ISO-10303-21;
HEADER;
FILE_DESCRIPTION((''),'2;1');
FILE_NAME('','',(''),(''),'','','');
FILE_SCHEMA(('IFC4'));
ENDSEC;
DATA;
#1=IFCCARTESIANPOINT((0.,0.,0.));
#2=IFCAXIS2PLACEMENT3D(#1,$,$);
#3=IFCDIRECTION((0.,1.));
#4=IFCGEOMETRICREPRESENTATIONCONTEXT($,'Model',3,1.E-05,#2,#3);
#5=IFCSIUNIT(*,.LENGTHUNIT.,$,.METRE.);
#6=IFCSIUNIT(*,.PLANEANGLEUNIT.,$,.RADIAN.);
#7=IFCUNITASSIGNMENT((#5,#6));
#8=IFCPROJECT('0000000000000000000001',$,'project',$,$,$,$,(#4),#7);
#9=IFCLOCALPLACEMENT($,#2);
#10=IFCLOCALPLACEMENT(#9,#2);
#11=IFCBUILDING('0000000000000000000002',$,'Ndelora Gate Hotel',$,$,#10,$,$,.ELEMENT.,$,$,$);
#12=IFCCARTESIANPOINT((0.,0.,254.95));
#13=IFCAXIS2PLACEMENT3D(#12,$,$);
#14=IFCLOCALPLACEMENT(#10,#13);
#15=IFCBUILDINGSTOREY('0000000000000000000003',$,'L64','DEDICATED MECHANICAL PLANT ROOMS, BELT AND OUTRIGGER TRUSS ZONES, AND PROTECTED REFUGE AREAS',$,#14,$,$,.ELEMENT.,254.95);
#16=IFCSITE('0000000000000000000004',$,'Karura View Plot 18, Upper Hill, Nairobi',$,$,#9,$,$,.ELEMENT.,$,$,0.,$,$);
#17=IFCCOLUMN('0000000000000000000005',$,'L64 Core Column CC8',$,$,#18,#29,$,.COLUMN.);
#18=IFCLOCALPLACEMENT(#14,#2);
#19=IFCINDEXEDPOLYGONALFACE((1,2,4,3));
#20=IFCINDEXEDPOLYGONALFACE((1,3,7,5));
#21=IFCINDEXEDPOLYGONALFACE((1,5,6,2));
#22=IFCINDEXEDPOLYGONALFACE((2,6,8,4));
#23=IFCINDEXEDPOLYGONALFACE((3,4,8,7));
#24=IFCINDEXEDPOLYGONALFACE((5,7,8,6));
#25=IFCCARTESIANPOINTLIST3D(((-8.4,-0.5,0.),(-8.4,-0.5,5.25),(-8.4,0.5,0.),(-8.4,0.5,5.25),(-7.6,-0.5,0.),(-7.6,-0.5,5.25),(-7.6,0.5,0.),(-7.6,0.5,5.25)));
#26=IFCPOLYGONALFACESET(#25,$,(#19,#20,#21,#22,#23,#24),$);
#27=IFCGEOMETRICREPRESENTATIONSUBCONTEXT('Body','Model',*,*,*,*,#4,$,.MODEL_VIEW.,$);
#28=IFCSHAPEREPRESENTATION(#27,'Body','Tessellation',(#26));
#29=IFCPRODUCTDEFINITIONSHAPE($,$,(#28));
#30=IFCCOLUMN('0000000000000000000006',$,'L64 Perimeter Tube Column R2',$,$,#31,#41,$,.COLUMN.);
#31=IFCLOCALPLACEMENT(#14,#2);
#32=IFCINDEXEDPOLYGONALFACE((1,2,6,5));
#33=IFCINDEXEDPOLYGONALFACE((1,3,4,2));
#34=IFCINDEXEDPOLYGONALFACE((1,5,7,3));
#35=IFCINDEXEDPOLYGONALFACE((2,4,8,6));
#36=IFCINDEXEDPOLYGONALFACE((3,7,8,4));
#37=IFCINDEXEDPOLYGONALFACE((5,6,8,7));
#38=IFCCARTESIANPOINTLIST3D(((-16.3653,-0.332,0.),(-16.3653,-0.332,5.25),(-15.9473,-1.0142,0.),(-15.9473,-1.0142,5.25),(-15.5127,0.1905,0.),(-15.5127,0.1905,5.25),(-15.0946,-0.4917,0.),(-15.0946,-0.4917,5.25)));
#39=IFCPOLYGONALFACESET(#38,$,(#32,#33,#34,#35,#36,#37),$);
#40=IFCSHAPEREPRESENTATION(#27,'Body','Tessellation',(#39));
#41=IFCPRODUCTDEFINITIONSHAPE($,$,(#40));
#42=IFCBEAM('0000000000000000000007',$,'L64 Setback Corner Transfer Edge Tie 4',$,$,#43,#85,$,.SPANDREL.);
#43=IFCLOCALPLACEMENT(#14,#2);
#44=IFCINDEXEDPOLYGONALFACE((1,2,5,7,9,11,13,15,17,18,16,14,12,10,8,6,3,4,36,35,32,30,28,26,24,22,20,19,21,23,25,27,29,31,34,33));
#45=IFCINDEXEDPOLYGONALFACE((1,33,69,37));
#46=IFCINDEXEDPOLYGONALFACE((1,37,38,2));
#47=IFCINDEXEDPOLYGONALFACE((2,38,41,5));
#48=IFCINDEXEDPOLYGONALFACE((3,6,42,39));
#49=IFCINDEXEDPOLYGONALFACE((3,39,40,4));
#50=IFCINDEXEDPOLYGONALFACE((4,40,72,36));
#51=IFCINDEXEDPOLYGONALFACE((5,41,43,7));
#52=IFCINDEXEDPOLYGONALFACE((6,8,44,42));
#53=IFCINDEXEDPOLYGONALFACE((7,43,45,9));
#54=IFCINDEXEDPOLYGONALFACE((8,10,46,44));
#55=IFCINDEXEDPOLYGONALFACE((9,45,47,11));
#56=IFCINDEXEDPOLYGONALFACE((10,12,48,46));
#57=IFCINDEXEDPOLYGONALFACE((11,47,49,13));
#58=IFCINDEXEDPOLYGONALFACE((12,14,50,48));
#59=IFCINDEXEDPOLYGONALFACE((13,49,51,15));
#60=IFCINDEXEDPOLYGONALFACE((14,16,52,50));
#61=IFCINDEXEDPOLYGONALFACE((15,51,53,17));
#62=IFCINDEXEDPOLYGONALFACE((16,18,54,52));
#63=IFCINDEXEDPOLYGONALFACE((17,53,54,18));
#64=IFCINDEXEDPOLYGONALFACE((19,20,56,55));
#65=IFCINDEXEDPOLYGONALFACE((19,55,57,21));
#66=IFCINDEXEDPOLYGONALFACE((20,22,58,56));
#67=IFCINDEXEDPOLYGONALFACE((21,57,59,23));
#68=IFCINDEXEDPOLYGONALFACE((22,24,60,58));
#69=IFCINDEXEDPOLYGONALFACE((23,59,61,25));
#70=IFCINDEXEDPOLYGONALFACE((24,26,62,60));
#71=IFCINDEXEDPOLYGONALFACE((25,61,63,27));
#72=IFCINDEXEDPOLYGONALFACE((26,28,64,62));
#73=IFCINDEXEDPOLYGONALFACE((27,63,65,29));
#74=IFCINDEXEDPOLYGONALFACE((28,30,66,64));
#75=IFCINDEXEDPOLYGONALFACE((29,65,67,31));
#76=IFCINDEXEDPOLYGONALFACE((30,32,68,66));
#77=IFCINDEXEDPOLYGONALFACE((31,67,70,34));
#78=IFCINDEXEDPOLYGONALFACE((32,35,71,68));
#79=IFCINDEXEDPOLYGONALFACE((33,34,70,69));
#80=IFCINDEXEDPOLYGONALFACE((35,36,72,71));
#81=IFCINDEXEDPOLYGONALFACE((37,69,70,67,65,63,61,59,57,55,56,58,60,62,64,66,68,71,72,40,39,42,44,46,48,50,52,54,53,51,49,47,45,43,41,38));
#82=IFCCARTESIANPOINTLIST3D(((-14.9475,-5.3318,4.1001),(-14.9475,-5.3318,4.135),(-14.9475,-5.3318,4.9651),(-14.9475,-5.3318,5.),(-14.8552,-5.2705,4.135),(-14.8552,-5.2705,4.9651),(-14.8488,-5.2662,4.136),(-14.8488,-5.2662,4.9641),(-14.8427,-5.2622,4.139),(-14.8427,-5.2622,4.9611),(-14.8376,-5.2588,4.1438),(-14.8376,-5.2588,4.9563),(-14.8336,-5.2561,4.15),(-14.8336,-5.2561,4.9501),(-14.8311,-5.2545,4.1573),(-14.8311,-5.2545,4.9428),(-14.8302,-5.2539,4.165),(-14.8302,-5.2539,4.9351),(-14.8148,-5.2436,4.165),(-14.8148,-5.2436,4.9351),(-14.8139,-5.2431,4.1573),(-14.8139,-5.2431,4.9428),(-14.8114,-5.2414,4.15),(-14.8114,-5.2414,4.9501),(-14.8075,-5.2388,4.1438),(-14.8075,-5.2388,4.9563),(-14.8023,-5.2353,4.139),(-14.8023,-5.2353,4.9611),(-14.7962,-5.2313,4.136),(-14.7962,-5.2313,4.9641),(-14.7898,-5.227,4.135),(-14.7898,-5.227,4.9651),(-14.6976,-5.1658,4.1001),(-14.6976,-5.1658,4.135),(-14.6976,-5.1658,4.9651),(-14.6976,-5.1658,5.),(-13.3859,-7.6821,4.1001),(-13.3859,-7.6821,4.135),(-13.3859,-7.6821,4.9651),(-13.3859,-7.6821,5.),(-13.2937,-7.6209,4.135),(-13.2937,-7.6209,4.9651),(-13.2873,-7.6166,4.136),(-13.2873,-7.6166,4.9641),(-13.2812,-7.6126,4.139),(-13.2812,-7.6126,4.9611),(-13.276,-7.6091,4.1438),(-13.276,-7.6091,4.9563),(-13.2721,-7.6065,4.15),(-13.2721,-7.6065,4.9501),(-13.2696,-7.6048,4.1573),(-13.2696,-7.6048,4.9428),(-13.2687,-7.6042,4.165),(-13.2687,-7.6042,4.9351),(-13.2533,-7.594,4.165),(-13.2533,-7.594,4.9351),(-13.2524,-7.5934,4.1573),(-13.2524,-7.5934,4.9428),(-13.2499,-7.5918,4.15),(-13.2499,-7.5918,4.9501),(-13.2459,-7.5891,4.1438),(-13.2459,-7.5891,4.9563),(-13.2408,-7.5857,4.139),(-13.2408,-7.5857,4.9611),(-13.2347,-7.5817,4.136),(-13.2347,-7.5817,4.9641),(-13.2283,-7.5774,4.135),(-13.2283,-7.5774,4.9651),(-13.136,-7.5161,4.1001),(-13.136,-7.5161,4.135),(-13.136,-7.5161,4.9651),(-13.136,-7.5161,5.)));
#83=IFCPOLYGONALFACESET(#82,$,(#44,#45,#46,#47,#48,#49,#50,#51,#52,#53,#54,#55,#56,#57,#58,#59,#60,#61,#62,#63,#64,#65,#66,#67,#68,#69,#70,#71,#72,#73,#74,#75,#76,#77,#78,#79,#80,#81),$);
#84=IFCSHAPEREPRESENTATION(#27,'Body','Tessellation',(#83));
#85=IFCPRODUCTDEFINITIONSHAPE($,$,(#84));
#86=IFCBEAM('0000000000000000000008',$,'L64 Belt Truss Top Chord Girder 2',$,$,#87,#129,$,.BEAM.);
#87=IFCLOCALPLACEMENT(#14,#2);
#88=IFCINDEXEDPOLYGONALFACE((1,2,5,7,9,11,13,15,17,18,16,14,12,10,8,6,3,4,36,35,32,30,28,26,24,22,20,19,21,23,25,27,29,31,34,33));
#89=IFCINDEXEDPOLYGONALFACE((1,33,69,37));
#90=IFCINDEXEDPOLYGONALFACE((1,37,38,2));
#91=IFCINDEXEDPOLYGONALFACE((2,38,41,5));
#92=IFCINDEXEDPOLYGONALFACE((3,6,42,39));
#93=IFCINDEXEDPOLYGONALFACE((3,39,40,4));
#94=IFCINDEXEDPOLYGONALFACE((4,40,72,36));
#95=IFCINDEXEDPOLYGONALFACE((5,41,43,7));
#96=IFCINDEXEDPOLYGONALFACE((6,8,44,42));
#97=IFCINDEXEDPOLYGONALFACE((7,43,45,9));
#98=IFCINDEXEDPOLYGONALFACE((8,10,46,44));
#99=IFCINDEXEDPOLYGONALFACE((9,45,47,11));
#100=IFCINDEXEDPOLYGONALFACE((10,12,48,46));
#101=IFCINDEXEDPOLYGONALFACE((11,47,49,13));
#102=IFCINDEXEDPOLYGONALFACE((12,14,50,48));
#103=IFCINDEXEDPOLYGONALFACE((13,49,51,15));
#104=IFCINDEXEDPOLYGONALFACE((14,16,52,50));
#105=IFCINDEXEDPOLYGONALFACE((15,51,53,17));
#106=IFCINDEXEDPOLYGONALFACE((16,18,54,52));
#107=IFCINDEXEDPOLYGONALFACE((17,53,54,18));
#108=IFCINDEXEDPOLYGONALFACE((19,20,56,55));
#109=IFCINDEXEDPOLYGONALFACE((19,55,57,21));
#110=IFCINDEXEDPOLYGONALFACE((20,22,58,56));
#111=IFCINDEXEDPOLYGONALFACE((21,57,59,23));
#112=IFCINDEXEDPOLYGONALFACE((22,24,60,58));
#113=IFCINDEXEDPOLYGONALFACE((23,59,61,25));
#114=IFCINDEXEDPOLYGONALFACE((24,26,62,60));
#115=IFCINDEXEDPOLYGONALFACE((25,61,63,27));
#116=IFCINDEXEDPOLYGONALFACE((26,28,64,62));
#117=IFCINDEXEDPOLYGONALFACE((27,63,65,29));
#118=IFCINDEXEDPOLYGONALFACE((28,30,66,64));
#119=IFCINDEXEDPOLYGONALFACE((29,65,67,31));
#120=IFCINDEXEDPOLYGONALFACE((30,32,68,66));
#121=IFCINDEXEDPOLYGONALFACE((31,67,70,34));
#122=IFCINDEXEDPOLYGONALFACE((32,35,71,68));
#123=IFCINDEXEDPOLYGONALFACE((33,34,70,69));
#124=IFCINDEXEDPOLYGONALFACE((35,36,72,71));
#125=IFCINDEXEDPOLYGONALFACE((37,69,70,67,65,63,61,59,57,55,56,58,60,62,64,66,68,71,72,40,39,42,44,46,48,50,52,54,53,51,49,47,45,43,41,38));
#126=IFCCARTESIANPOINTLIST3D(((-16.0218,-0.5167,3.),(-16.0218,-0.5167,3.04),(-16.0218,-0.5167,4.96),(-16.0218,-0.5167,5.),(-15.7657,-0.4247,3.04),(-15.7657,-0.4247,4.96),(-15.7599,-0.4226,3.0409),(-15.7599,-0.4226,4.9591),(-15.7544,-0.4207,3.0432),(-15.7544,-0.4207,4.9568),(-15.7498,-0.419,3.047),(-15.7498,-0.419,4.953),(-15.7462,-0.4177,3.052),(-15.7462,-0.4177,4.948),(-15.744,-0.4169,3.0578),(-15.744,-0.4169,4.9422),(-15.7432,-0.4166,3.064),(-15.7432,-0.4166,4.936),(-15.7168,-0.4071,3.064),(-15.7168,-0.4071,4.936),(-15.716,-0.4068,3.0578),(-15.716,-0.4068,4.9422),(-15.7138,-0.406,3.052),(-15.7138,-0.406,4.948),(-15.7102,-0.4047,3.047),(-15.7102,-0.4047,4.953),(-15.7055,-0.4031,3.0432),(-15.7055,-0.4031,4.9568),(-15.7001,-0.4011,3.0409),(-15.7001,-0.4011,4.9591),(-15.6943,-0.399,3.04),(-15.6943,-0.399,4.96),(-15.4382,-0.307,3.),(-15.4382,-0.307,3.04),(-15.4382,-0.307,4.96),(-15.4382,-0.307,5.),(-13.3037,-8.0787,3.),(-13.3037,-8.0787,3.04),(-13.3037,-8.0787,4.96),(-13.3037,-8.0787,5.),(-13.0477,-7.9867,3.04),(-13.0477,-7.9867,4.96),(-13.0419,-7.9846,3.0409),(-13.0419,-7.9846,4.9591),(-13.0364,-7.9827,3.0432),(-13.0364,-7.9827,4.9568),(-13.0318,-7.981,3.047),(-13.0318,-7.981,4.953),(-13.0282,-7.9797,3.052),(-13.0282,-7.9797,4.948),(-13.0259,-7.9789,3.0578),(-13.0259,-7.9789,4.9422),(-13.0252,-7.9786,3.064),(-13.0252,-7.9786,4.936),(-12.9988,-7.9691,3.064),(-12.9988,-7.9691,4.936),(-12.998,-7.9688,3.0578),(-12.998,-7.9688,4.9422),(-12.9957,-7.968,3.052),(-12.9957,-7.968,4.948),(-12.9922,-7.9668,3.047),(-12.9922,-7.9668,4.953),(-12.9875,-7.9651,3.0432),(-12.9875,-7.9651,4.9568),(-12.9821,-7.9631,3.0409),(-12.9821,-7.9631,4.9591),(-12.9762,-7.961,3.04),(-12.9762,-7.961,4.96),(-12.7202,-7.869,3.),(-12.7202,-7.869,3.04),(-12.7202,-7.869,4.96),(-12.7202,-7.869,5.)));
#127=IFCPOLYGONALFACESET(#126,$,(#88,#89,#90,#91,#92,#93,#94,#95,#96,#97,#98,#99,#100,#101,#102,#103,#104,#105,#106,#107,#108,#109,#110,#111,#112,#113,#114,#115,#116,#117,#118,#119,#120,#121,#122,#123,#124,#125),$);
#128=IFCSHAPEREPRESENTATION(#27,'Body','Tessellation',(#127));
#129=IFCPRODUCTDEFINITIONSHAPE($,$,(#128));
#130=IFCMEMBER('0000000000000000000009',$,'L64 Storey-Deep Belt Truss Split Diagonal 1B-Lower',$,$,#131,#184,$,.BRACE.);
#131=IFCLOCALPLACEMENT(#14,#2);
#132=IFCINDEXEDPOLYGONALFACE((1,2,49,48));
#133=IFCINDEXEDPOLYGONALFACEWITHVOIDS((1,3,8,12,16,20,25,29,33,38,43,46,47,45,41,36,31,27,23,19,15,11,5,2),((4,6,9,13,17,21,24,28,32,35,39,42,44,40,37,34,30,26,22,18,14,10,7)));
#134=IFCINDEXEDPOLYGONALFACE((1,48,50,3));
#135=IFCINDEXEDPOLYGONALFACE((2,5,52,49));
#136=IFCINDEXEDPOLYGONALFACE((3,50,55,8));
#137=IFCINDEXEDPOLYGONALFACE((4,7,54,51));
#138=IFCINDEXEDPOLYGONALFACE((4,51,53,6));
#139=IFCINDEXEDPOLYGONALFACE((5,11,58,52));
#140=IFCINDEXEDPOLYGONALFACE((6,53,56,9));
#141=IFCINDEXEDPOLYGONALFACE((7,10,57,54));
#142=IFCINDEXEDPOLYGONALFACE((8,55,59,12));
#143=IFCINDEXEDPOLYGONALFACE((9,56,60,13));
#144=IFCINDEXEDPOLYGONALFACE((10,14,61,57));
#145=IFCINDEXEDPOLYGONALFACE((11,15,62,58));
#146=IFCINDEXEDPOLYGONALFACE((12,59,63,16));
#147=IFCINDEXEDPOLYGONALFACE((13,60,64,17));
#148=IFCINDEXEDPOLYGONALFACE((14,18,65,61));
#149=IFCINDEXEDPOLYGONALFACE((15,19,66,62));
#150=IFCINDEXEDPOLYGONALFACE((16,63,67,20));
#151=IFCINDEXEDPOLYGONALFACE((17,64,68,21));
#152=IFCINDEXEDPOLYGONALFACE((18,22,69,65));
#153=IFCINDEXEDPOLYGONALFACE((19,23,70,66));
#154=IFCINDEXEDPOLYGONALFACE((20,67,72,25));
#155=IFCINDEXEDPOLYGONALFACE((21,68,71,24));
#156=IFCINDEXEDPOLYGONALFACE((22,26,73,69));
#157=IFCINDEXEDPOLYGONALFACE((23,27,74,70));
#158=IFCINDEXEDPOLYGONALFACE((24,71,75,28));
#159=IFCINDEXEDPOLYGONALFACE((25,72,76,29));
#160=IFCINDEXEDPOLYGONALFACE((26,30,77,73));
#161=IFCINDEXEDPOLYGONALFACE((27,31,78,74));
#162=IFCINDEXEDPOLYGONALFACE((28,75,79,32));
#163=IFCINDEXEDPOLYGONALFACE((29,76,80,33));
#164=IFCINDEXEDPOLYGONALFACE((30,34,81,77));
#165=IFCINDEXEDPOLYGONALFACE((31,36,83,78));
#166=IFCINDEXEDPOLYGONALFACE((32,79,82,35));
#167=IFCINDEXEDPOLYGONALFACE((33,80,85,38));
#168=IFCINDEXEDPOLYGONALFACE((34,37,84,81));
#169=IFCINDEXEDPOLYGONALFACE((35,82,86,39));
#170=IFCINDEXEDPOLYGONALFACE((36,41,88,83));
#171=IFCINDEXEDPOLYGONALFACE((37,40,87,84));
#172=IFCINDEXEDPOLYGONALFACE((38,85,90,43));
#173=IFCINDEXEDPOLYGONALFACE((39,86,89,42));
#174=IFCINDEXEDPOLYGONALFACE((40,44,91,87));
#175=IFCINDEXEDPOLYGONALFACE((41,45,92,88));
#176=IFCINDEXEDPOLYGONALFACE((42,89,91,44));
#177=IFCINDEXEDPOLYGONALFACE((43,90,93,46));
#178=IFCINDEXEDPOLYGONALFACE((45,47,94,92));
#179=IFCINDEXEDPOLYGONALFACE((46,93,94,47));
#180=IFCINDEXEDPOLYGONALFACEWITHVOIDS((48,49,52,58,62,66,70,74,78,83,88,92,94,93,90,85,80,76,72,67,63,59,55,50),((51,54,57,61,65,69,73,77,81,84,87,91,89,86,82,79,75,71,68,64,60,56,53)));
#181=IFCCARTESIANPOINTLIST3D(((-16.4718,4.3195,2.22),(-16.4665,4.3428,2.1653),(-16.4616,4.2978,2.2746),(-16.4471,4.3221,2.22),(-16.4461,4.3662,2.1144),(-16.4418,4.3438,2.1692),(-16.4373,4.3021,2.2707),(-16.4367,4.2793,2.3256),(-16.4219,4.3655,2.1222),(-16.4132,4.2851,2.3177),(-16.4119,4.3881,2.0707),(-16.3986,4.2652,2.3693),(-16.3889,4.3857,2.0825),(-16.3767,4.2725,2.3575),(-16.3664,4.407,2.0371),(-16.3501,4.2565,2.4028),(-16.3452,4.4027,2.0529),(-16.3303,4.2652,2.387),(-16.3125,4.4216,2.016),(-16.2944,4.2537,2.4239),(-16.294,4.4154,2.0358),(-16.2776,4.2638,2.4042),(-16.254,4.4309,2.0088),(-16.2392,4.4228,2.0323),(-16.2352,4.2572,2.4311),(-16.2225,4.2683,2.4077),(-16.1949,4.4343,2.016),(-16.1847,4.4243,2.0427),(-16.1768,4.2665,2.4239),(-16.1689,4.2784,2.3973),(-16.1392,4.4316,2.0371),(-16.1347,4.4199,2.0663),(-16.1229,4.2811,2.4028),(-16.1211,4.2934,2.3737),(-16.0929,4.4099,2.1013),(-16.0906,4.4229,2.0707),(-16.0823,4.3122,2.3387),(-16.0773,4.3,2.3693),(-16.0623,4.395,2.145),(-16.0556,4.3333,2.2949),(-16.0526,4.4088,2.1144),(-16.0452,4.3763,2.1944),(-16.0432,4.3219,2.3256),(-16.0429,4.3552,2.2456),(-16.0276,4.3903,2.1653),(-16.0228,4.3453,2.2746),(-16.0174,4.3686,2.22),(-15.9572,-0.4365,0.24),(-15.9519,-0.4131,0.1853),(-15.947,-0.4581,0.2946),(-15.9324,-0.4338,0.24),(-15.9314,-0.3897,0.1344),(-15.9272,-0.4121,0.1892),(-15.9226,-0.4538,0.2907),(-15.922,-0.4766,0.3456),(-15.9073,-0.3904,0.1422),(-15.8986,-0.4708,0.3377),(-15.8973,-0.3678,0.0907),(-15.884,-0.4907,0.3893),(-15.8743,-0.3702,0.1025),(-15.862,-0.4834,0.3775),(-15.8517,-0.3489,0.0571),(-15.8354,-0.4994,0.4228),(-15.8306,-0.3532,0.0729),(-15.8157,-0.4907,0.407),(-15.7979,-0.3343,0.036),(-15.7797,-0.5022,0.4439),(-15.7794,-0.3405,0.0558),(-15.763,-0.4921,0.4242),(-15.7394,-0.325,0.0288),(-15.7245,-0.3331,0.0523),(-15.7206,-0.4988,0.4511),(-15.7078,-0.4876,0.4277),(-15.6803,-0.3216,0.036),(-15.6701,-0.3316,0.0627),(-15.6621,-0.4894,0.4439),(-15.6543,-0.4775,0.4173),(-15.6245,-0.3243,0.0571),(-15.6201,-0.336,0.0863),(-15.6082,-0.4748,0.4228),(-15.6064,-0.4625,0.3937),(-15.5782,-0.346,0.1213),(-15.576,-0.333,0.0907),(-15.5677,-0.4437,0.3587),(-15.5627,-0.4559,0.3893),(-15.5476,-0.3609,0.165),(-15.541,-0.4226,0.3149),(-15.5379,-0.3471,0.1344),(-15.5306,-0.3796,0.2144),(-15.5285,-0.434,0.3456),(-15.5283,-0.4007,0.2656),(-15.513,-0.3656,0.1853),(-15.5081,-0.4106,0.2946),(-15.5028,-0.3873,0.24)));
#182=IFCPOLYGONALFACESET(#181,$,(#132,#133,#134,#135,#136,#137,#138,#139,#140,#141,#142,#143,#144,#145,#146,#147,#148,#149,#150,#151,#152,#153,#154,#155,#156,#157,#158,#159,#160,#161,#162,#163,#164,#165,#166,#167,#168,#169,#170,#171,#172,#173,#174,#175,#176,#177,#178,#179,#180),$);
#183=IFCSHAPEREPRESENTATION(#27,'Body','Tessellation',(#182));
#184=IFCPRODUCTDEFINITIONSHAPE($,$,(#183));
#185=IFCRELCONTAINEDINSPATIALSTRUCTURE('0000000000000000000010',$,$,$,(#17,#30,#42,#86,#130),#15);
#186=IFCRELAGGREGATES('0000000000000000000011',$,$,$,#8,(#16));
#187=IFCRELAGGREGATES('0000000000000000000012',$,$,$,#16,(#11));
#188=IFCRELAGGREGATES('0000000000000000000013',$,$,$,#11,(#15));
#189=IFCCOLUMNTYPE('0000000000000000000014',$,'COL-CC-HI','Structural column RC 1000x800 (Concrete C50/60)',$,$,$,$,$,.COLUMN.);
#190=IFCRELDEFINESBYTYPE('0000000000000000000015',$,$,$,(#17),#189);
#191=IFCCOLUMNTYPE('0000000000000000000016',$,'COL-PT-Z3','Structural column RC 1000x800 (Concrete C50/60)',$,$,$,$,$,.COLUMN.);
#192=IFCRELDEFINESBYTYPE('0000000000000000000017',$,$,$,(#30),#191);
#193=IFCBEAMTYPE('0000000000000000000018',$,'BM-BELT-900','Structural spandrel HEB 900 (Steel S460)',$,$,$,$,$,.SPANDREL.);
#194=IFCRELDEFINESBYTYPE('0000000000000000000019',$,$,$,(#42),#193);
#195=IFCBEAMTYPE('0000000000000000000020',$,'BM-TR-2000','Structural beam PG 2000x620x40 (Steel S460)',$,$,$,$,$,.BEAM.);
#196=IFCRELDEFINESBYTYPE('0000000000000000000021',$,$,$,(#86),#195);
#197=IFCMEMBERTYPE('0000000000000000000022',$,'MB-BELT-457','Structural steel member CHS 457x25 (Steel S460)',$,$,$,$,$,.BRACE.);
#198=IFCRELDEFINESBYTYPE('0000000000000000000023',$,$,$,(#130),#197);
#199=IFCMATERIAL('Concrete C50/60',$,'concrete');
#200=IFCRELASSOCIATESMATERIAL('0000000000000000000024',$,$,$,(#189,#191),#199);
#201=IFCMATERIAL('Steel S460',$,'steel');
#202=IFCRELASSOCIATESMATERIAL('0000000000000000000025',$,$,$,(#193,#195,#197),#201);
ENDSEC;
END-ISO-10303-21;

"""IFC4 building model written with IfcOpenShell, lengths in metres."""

from ifc_helpers import new_model, si_unit, direction, frame, origin, origin_2d, place, context, subcontext, project, spatial, rectangle, hollow_circle, i_section, extrude, material, material_profile, profile_set, type_object, element, save


model = new_model("IFC4")

# Units and contexts
model_context = context("Model", 3, precision=1e-05, world=origin(), true_north=direction((0.0, 1.0)))
body_context = subcontext(model_context, "Body", "Model", "MODEL_VIEW")
ifc_project = project(units=[si_unit("LENGTHUNIT", "METRE"), si_unit("PLANEANGLEUNIT", "RADIAN")], contexts=[model_context])

# Site, building, storey
site_placement = place(None, origin())
site = spatial("IfcSite", under=ifc_project, at=site_placement, Name="Karura View Plot 18, Upper Hill, Nairobi", CompositionType="ELEMENT", RefElevation=0.0)
building_placement = place(site_placement, origin())
building = spatial("IfcBuilding", under=site, at=building_placement, Name="Ndelora Gate Hotel", CompositionType="ELEMENT")
storey_placement = place(building_placement, frame((0.0, 0.0, 254.95)))
storey = spatial("IfcBuildingStorey", under=building, at=storey_placement, Name="L64", Description="DEDICATED MECHANICAL PLANT ROOMS, BELT AND OUTRIGGER TRUSS ZONES, AND PROTECTED REFUGE AREAS", CompositionType="ELEMENT", Elevation=254.95)

# Columns
ifc_material_1 = material(Name="Concrete C50/60", Category="concrete")
ifc_material_profile_1 = material_profile(ifc_material_1, rectangle(XDim=0.8, YDim=1.0, at=origin_2d()), Name="RC 1000x800")
ifc_profile_set_1 = profile_set([ifc_material_profile_1], Name="Concrete C50/60")
column_type_1 = type_object("IfcColumnType", Name="COL-CC-HI", Description="Structural column RC 1000x800 (Concrete C50/60)", PredefinedType="COLUMN", material=ifc_profile_set_1)
column_1_placement = place(storey_placement, frame((-8.0, 0.0, 0.0), z_axis=(0.0, 0.0, 1.0), x_axis=(1.0, 0.0, 0.0)))
element("IfcColumn", 1, at=column_1_placement, inside=storey, type_object=column_type_1, Name="L64 Core Column CC8", PredefinedType="COLUMN", context=body_context, shape_type="SweptSolid", body=[
    extrude(rectangle(XDim=0.8, YDim=1.0, at=origin_2d()), origin(), (0.0, 0.0, 1.0), 5.25),
])
ifc_material_profile_2 = material_profile(ifc_material_1, rectangle(XDim=0.8, YDim=1.0, at=origin_2d()), Name="RC 1000x800")
ifc_profile_set_2 = profile_set([ifc_material_profile_2], Name="Concrete C50/60")
column_type_2 = type_object("IfcColumnType", Name="COL-PT-Z3", Description="Structural column RC 1000x800 (Concrete C50/60)", PredefinedType="COLUMN", material=ifc_profile_set_2)
column_2_placement = place(storey_placement, frame((-15.73, -0.4119, 0.0), z_axis=(0.0, 0.0, 1.0), x_axis=(-0.522499, 0.85264, 0.0)))
element("IfcColumn", 2, at=column_2_placement, inside=storey, type_object=column_type_2, Name="L64 Perimeter Tube Column R2", PredefinedType="COLUMN", context=body_context, shape_type="SweptSolid", body=[
    extrude(rectangle(XDim=0.8, YDim=1.0, at=origin_2d()), origin(), (0.0, 0.0, 1.0), 5.25),
])

# Beams
ifc_material_2 = material(Name="Steel S460", Category="steel")
ifc_material_profile_3 = material_profile(ifc_material_2, i_section(OverallWidth=0.3, OverallDepth=0.8999, WebThickness=0.0186, FlangeThickness=0.0349, FilletRadius=0.03, at=origin_2d()), Name="HEB 900")
ifc_profile_set_3 = profile_set([ifc_material_profile_3], Name="Steel S460")
beam_type_1 = type_object("IfcBeamType", Name="BM-BELT-900", Description="Structural spandrel HEB 900 (Steel S460)", PredefinedType="SPANDREL", material=ifc_profile_set_3)
beam_1_placement = place(storey_placement, frame((-14.8225, -5.2488, 4.55), z_axis=(0.553382, -0.832928, 0.0), x_axis=(0.832928, 0.553382, 0.0)))
element("IfcBeam", 3, at=beam_1_placement, inside=storey, type_object=beam_type_1, Name="L64 Setback Corner Transfer Edge Tie 4", PredefinedType="SPANDREL", context=body_context, shape_type="SweptSolid", body=[
    extrude(i_section(OverallWidth=0.3, OverallDepth=0.8999, WebThickness=0.0186, FlangeThickness=0.0349, FilletRadius=0.03, at=origin_2d()), origin(), (0.0, 0.0, 1.0), 2.8218),
])
ifc_material_profile_4 = material_profile(ifc_material_2, i_section(OverallWidth=0.6201, OverallDepth=2.0, WebThickness=0.0281, FlangeThickness=0.04, FilletRadius=0.0239, at=origin_2d()), Name="PG 2000x620x40")
ifc_profile_set_4 = profile_set([ifc_material_profile_4], Name="Steel S460")
beam_type_2 = type_object("IfcBeamType", Name="BM-TR-2000", Description="Structural beam PG 2000x620x40 (Steel S460)", PredefinedType="BEAM", material=ifc_profile_set_4)
beam_2_placement = place(storey_placement, frame((-15.73, -0.4119, 4.0), z_axis=(0.338245, -0.941058, 0.0), x_axis=(0.941058, 0.338245, 0.0)))
element("IfcBeam", 4, at=beam_2_placement, inside=storey, type_object=beam_type_2, Name="L64 Belt Truss Top Chord Girder 2", PredefinedType="BEAM", context=body_context, shape_type="SweptSolid", body=[
    extrude(i_section(OverallWidth=0.6201, OverallDepth=2.0, WebThickness=0.0281, FlangeThickness=0.04, FilletRadius=0.0239, at=origin_2d()), origin(), (0.0, 0.0, 1.0), 8.0356),
])

# Member
ifc_material_profile_5 = material_profile(ifc_material_2, hollow_circle(Radius=0.2285, WallThickness=0.0249, at=origin_2d()), Name="CHS 457x25")
ifc_profile_set_5 = profile_set([ifc_material_profile_5], Name="Steel S460")
member_type = type_object("IfcMemberType", Name="MB-BELT-457", Description="Structural steel member CHS 457x25 (Steel S460)", PredefinedType="BRACE", material=ifc_profile_set_5)
member_1_placement = place(storey_placement, frame((-15.73, -0.4119, 0.24), z_axis=(-0.099407, 0.918616, 0.382442), x_axis=(-0.994196, -0.107585, 0.0)))
element("IfcMember", 5, at=member_1_placement, inside=storey, type_object=member_type, Name="L64 Storey-Deep Belt Truss Split Diagonal 1B-Lower", PredefinedType="BRACE", context=body_context, shape_type="SweptSolid", body=[
    extrude(hollow_circle(Radius=0.2285, WallThickness=0.0249, at=origin_2d()), origin(), (0.0, 0.0, 1.0), 5.1772),
])

save(model, "model.ifc")
